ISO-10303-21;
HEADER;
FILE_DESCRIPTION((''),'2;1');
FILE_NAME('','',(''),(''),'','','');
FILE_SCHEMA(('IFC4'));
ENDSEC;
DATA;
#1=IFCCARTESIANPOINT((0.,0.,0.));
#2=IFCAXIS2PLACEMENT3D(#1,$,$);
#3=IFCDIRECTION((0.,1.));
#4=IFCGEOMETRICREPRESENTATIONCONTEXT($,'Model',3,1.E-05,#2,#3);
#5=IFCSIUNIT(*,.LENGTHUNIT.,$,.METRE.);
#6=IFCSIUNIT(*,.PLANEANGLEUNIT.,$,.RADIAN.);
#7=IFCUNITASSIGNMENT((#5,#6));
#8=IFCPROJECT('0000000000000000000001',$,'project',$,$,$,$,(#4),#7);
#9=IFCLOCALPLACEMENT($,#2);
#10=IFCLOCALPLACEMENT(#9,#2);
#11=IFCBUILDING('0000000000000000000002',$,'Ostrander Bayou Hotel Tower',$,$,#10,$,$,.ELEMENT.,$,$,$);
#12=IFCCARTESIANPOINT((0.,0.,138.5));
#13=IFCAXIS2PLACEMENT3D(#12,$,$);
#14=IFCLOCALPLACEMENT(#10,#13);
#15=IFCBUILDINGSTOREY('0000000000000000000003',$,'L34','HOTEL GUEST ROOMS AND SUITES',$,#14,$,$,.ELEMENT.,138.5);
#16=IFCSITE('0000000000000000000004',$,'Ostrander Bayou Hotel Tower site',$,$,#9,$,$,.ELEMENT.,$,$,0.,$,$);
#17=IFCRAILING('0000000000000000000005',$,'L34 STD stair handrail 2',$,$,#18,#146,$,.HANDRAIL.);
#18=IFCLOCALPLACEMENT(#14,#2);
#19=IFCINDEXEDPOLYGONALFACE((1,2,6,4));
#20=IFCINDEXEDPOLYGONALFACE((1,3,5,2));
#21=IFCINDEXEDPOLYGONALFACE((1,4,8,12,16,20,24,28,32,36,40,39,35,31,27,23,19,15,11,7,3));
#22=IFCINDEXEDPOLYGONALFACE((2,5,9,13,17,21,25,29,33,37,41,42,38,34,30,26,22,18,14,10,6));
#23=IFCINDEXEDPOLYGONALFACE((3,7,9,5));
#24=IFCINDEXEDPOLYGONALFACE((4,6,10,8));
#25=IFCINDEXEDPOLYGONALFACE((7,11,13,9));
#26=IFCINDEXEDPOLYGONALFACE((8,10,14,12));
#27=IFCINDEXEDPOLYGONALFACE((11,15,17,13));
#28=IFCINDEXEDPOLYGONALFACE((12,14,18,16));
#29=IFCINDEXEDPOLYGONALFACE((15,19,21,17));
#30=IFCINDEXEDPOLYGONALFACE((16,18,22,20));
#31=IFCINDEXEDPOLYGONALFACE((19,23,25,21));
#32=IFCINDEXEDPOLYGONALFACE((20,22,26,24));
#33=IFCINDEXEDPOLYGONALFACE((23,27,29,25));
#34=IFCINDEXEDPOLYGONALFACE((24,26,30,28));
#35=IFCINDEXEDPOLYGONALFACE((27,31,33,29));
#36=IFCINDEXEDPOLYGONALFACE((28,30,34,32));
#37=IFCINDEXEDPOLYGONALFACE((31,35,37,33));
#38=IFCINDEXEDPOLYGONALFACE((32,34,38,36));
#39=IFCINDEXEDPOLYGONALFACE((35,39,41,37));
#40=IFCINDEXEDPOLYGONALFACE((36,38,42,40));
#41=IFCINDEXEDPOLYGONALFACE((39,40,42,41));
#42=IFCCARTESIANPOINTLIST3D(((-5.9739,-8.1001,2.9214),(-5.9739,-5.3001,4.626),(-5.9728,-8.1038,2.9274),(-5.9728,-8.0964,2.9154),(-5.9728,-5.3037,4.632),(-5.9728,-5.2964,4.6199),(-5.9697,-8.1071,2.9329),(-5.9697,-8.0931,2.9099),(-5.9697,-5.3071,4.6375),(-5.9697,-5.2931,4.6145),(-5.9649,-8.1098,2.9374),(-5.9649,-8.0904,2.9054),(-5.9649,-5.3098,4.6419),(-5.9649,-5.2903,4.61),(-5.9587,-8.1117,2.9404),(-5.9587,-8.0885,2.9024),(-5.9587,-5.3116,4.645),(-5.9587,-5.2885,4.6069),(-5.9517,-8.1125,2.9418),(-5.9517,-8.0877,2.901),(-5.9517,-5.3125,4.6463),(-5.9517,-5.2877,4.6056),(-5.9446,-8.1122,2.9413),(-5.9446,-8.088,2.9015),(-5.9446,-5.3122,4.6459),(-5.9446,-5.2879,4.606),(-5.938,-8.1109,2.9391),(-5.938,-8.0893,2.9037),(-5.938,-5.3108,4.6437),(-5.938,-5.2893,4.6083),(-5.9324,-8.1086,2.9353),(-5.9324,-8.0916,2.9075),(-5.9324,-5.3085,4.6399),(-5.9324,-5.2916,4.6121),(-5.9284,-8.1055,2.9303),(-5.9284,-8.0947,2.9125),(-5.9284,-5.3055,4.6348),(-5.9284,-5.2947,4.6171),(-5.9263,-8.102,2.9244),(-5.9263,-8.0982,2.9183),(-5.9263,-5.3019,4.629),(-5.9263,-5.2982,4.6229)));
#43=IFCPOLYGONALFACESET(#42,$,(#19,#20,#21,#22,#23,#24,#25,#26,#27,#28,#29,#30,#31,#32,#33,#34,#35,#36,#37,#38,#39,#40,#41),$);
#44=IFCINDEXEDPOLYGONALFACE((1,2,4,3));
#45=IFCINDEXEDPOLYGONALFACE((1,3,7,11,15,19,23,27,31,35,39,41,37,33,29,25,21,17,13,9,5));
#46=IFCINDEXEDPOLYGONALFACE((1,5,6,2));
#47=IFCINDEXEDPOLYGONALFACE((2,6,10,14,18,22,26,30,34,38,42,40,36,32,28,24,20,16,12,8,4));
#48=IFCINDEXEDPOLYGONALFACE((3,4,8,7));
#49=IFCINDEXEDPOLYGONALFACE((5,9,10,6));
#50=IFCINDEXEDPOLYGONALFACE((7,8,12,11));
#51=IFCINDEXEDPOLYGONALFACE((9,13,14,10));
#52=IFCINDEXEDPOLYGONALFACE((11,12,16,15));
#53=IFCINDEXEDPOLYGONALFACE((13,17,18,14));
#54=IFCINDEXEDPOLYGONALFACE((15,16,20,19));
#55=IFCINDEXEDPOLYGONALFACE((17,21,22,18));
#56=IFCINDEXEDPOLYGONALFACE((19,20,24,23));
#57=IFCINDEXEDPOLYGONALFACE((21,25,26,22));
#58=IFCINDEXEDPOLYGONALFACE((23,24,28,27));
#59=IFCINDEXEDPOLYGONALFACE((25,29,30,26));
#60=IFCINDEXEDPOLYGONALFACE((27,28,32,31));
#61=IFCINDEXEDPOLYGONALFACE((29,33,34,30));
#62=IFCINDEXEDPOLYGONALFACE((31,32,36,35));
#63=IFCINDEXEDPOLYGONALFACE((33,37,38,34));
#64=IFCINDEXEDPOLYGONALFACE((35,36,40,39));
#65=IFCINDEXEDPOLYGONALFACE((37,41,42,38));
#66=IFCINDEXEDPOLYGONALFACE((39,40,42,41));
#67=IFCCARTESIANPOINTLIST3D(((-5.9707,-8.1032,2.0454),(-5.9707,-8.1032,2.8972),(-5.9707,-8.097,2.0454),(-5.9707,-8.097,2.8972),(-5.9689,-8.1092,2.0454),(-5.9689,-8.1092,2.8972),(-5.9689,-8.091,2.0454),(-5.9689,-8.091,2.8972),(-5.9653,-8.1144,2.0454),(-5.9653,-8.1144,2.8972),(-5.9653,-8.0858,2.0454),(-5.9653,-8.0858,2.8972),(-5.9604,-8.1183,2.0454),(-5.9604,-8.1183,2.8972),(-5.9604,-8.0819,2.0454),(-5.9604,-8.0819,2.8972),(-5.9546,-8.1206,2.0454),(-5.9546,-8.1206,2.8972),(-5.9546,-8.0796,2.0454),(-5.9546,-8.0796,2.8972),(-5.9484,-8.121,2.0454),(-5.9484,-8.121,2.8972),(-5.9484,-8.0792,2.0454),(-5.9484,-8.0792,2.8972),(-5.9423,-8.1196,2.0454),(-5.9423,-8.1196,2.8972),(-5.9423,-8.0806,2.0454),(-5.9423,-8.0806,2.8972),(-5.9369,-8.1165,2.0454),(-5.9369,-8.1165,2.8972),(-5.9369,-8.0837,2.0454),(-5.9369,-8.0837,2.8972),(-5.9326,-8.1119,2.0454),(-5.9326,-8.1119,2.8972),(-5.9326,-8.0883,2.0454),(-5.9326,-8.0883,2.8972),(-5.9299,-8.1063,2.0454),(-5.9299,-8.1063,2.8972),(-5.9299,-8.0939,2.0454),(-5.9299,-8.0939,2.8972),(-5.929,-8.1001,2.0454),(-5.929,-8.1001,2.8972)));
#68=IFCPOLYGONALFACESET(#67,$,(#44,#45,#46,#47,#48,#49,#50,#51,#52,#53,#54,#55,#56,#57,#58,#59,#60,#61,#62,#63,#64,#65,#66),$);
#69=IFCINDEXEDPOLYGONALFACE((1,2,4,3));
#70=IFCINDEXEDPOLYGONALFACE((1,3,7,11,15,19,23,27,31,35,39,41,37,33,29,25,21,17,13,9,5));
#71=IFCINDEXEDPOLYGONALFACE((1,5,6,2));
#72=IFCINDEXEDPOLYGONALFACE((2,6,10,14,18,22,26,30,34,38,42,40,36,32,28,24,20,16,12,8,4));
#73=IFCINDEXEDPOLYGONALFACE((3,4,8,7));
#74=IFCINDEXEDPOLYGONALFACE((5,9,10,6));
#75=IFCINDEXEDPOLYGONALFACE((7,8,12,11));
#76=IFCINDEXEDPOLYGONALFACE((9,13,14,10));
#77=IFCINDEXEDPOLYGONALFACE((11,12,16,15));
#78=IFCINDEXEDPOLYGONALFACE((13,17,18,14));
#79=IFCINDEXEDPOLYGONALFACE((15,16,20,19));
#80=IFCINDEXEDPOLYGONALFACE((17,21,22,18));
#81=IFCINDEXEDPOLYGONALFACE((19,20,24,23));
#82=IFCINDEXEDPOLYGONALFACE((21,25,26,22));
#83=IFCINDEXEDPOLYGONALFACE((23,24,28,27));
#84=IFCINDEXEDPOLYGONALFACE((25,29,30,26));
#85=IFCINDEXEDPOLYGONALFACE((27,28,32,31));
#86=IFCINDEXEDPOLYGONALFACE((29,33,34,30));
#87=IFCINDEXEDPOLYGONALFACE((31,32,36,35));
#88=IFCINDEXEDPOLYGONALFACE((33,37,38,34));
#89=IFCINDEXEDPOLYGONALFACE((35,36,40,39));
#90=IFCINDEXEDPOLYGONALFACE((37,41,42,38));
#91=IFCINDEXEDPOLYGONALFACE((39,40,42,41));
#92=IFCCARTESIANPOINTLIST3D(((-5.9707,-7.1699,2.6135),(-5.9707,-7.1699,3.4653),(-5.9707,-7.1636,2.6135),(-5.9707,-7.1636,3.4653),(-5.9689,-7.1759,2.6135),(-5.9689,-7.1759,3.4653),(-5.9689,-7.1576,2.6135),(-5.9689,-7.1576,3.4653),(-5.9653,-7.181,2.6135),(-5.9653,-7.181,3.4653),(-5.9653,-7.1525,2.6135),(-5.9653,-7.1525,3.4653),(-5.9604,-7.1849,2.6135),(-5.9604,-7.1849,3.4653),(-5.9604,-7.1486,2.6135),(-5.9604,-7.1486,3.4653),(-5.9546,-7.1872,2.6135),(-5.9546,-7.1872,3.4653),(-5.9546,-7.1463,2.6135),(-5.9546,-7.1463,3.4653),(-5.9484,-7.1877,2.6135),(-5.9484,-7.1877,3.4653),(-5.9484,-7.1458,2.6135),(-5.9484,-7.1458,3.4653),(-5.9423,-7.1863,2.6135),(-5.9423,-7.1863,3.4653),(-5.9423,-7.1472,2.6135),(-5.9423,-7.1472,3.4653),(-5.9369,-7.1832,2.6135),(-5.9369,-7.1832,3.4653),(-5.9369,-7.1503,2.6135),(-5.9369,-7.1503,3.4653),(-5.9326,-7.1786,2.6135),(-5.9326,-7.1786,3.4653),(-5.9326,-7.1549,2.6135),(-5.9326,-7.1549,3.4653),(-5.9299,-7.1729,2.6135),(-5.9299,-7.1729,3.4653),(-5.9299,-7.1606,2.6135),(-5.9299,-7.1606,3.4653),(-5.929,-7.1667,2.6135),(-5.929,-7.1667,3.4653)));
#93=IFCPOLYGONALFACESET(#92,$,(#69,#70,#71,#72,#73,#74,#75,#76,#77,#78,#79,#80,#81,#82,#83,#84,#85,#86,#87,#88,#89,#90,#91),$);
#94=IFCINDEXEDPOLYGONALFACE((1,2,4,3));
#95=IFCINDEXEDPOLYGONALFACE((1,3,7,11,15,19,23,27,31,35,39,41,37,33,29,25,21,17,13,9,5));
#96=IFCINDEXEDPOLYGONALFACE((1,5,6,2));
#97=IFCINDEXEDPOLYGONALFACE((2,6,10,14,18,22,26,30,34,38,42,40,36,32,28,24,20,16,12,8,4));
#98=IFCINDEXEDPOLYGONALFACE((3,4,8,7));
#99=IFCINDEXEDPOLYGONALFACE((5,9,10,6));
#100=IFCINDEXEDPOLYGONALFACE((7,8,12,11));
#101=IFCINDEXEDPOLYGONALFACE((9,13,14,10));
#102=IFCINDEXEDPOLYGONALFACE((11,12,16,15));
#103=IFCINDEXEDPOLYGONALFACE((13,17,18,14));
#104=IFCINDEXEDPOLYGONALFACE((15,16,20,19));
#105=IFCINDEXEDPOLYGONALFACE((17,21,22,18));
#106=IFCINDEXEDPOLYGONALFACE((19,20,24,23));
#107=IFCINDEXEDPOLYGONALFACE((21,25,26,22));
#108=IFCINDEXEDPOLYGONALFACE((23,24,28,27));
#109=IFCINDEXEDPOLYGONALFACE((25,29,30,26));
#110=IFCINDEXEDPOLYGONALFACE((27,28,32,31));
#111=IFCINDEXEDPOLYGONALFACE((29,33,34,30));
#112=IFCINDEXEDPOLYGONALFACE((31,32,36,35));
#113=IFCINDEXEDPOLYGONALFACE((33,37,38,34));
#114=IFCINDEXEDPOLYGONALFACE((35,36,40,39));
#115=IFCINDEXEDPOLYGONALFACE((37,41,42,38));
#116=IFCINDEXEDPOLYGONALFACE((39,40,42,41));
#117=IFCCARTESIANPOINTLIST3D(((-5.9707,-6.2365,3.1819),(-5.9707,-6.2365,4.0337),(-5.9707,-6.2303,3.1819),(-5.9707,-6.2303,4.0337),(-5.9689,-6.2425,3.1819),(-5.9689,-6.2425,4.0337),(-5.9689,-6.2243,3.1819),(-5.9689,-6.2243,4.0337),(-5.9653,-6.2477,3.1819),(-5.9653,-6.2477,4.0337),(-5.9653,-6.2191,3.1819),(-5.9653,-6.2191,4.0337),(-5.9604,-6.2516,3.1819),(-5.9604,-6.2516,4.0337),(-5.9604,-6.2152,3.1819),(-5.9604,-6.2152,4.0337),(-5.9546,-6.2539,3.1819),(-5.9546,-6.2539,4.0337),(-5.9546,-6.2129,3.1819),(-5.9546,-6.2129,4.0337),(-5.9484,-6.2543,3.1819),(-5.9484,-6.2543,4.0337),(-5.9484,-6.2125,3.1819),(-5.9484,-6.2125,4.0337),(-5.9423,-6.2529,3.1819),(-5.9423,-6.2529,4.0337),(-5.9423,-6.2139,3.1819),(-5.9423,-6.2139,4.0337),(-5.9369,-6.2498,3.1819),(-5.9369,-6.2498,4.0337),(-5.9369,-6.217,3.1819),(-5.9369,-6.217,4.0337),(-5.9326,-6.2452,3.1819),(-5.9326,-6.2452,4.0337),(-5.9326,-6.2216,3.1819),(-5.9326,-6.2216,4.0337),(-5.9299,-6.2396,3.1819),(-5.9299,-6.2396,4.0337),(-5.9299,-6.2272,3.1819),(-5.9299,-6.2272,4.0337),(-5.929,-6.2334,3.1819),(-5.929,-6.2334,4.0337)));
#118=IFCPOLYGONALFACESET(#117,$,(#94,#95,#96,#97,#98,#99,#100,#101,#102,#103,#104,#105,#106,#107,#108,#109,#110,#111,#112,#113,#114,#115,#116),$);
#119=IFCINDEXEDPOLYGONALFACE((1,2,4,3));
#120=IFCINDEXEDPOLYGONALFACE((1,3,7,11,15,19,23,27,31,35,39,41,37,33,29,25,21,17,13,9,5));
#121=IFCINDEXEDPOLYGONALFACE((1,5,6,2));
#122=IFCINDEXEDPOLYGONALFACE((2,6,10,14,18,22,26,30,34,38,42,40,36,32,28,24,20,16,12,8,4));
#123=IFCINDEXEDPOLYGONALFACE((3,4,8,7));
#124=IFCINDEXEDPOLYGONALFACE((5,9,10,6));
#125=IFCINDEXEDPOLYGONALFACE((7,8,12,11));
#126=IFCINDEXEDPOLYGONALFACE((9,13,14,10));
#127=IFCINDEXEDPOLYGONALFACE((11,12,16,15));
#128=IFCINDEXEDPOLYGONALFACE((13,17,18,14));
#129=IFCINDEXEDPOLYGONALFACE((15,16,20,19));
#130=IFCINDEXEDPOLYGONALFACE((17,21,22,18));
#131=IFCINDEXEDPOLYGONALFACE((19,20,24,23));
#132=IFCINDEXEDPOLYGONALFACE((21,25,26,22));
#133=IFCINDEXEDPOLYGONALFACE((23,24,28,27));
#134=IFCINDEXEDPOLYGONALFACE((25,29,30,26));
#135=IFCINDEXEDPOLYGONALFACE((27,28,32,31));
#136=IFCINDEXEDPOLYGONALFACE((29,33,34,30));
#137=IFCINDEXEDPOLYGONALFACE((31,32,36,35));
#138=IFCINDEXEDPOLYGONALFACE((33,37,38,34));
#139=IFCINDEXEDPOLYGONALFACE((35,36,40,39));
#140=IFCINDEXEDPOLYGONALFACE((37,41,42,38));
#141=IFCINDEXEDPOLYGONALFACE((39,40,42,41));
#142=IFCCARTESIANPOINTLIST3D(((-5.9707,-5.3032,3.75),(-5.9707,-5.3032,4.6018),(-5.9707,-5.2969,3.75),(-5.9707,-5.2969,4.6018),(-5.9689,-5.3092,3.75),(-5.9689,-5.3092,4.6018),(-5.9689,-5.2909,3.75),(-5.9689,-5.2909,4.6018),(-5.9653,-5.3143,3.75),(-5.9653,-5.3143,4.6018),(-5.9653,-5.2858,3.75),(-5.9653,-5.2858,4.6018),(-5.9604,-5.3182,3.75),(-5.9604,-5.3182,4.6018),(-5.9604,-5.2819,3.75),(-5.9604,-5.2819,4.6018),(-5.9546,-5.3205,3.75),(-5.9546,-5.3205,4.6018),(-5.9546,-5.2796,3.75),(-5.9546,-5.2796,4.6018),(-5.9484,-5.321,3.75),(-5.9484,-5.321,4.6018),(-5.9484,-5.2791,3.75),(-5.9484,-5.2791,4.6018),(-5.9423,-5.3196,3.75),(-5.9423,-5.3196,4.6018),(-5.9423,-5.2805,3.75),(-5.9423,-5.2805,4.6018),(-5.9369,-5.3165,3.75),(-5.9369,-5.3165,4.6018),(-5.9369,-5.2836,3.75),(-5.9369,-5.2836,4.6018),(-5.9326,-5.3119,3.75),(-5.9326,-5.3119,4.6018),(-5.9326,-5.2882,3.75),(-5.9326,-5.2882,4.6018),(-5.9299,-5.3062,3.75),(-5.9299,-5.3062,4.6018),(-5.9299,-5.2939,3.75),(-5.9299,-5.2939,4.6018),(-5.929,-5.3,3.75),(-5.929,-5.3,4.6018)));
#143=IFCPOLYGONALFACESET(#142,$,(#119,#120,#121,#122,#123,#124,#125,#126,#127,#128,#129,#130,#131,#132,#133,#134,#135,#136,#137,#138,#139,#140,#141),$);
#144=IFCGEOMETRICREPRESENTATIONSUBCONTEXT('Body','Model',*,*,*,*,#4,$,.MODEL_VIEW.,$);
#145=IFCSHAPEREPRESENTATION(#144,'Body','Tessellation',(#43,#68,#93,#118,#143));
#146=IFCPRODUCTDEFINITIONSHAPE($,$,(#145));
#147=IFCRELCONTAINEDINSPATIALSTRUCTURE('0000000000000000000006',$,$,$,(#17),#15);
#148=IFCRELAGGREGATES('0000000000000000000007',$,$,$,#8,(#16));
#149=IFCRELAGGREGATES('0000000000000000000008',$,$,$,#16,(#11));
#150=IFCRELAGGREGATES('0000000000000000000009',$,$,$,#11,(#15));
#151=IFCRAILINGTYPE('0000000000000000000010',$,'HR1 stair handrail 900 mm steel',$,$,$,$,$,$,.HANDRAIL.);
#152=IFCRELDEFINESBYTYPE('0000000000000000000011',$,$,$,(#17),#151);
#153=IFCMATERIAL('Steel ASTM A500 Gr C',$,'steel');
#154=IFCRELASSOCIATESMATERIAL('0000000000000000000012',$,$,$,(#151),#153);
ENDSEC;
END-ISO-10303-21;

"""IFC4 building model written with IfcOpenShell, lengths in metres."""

from ifc_helpers import new_model, si_unit, direction, frame, origin, origin_2d, place, context, subcontext, project, spatial, circle, extrude, material, type_object, element, save


model = new_model("IFC4")

# Units and contexts
model_context = context("Model", 3, precision=1e-05, world=origin(), true_north=direction((0.0, 1.0)))
body_context = subcontext(model_context, "Body", "Model", "MODEL_VIEW")
ifc_project = project(units=[si_unit("LENGTHUNIT", "METRE"), si_unit("PLANEANGLEUNIT", "RADIAN")], contexts=[model_context])

# Site, building, storey
site_placement = place(None, origin())
site = spatial("IfcSite", under=ifc_project, at=site_placement, Name="Ostrander Bayou Hotel Tower site", CompositionType="ELEMENT", RefElevation=0.0)
building_placement = place(site_placement, origin())
building = spatial("IfcBuilding", under=site, at=building_placement, Name="Ostrander Bayou Hotel Tower", CompositionType="ELEMENT")
storey_placement = place(building_placement, frame((0.0, 0.0, 138.5)))
storey = spatial("IfcBuildingStorey", under=building, at=storey_placement, Name="L34", Description="HOTEL GUEST ROOMS AND SUITES", CompositionType="ELEMENT", Elevation=138.5)

# Railing
ifc_material_1 = material(Name="Steel ASTM A500 Gr C", Category="steel")
railing_type_1 = type_object("IfcRailingType", Name="HR1 stair handrail 900 mm steel", PredefinedType="HANDRAIL", material=ifc_material_1)
railing_1_placement = place(storey_placement, frame((-5.95, -8.1001, 2.0454)))
element("IfcRailing", 1, at=railing_1_placement, inside=storey, type_object=railing_type_1, Name="L34 STD stair handrail 2", PredefinedType="HANDRAIL", context=body_context, shape_type="SweptSolid", body=[
    extrude(circle(Radius=0.0239, at=origin_2d()), frame((0.0, 0.0, 0.876), z_axis=(0.0, 0.85417, 0.519994), x_axis=(-1.0, 0.0, 0.0)), (0.0, 0.0, 1.0), 3.2781),
    extrude(circle(Radius=0.021, at=origin_2d()), origin(), (0.0, 0.0, 1.0), 0.8518),
    extrude(circle(Radius=0.021, at=origin_2d()), frame((0.0, 0.9333, 0.5681)), (0.0, 0.0, 1.0), 0.8518),
    extrude(circle(Radius=0.021, at=origin_2d()), frame((0.0, 1.8667, 1.1365)), (0.0, 0.0, 1.0), 0.8518),
    extrude(circle(Radius=0.021, at=origin_2d()), frame((0.0, 2.8, 1.7046)), (0.0, 0.0, 1.0), 0.8518),
])

save(model, "model.ifc")
